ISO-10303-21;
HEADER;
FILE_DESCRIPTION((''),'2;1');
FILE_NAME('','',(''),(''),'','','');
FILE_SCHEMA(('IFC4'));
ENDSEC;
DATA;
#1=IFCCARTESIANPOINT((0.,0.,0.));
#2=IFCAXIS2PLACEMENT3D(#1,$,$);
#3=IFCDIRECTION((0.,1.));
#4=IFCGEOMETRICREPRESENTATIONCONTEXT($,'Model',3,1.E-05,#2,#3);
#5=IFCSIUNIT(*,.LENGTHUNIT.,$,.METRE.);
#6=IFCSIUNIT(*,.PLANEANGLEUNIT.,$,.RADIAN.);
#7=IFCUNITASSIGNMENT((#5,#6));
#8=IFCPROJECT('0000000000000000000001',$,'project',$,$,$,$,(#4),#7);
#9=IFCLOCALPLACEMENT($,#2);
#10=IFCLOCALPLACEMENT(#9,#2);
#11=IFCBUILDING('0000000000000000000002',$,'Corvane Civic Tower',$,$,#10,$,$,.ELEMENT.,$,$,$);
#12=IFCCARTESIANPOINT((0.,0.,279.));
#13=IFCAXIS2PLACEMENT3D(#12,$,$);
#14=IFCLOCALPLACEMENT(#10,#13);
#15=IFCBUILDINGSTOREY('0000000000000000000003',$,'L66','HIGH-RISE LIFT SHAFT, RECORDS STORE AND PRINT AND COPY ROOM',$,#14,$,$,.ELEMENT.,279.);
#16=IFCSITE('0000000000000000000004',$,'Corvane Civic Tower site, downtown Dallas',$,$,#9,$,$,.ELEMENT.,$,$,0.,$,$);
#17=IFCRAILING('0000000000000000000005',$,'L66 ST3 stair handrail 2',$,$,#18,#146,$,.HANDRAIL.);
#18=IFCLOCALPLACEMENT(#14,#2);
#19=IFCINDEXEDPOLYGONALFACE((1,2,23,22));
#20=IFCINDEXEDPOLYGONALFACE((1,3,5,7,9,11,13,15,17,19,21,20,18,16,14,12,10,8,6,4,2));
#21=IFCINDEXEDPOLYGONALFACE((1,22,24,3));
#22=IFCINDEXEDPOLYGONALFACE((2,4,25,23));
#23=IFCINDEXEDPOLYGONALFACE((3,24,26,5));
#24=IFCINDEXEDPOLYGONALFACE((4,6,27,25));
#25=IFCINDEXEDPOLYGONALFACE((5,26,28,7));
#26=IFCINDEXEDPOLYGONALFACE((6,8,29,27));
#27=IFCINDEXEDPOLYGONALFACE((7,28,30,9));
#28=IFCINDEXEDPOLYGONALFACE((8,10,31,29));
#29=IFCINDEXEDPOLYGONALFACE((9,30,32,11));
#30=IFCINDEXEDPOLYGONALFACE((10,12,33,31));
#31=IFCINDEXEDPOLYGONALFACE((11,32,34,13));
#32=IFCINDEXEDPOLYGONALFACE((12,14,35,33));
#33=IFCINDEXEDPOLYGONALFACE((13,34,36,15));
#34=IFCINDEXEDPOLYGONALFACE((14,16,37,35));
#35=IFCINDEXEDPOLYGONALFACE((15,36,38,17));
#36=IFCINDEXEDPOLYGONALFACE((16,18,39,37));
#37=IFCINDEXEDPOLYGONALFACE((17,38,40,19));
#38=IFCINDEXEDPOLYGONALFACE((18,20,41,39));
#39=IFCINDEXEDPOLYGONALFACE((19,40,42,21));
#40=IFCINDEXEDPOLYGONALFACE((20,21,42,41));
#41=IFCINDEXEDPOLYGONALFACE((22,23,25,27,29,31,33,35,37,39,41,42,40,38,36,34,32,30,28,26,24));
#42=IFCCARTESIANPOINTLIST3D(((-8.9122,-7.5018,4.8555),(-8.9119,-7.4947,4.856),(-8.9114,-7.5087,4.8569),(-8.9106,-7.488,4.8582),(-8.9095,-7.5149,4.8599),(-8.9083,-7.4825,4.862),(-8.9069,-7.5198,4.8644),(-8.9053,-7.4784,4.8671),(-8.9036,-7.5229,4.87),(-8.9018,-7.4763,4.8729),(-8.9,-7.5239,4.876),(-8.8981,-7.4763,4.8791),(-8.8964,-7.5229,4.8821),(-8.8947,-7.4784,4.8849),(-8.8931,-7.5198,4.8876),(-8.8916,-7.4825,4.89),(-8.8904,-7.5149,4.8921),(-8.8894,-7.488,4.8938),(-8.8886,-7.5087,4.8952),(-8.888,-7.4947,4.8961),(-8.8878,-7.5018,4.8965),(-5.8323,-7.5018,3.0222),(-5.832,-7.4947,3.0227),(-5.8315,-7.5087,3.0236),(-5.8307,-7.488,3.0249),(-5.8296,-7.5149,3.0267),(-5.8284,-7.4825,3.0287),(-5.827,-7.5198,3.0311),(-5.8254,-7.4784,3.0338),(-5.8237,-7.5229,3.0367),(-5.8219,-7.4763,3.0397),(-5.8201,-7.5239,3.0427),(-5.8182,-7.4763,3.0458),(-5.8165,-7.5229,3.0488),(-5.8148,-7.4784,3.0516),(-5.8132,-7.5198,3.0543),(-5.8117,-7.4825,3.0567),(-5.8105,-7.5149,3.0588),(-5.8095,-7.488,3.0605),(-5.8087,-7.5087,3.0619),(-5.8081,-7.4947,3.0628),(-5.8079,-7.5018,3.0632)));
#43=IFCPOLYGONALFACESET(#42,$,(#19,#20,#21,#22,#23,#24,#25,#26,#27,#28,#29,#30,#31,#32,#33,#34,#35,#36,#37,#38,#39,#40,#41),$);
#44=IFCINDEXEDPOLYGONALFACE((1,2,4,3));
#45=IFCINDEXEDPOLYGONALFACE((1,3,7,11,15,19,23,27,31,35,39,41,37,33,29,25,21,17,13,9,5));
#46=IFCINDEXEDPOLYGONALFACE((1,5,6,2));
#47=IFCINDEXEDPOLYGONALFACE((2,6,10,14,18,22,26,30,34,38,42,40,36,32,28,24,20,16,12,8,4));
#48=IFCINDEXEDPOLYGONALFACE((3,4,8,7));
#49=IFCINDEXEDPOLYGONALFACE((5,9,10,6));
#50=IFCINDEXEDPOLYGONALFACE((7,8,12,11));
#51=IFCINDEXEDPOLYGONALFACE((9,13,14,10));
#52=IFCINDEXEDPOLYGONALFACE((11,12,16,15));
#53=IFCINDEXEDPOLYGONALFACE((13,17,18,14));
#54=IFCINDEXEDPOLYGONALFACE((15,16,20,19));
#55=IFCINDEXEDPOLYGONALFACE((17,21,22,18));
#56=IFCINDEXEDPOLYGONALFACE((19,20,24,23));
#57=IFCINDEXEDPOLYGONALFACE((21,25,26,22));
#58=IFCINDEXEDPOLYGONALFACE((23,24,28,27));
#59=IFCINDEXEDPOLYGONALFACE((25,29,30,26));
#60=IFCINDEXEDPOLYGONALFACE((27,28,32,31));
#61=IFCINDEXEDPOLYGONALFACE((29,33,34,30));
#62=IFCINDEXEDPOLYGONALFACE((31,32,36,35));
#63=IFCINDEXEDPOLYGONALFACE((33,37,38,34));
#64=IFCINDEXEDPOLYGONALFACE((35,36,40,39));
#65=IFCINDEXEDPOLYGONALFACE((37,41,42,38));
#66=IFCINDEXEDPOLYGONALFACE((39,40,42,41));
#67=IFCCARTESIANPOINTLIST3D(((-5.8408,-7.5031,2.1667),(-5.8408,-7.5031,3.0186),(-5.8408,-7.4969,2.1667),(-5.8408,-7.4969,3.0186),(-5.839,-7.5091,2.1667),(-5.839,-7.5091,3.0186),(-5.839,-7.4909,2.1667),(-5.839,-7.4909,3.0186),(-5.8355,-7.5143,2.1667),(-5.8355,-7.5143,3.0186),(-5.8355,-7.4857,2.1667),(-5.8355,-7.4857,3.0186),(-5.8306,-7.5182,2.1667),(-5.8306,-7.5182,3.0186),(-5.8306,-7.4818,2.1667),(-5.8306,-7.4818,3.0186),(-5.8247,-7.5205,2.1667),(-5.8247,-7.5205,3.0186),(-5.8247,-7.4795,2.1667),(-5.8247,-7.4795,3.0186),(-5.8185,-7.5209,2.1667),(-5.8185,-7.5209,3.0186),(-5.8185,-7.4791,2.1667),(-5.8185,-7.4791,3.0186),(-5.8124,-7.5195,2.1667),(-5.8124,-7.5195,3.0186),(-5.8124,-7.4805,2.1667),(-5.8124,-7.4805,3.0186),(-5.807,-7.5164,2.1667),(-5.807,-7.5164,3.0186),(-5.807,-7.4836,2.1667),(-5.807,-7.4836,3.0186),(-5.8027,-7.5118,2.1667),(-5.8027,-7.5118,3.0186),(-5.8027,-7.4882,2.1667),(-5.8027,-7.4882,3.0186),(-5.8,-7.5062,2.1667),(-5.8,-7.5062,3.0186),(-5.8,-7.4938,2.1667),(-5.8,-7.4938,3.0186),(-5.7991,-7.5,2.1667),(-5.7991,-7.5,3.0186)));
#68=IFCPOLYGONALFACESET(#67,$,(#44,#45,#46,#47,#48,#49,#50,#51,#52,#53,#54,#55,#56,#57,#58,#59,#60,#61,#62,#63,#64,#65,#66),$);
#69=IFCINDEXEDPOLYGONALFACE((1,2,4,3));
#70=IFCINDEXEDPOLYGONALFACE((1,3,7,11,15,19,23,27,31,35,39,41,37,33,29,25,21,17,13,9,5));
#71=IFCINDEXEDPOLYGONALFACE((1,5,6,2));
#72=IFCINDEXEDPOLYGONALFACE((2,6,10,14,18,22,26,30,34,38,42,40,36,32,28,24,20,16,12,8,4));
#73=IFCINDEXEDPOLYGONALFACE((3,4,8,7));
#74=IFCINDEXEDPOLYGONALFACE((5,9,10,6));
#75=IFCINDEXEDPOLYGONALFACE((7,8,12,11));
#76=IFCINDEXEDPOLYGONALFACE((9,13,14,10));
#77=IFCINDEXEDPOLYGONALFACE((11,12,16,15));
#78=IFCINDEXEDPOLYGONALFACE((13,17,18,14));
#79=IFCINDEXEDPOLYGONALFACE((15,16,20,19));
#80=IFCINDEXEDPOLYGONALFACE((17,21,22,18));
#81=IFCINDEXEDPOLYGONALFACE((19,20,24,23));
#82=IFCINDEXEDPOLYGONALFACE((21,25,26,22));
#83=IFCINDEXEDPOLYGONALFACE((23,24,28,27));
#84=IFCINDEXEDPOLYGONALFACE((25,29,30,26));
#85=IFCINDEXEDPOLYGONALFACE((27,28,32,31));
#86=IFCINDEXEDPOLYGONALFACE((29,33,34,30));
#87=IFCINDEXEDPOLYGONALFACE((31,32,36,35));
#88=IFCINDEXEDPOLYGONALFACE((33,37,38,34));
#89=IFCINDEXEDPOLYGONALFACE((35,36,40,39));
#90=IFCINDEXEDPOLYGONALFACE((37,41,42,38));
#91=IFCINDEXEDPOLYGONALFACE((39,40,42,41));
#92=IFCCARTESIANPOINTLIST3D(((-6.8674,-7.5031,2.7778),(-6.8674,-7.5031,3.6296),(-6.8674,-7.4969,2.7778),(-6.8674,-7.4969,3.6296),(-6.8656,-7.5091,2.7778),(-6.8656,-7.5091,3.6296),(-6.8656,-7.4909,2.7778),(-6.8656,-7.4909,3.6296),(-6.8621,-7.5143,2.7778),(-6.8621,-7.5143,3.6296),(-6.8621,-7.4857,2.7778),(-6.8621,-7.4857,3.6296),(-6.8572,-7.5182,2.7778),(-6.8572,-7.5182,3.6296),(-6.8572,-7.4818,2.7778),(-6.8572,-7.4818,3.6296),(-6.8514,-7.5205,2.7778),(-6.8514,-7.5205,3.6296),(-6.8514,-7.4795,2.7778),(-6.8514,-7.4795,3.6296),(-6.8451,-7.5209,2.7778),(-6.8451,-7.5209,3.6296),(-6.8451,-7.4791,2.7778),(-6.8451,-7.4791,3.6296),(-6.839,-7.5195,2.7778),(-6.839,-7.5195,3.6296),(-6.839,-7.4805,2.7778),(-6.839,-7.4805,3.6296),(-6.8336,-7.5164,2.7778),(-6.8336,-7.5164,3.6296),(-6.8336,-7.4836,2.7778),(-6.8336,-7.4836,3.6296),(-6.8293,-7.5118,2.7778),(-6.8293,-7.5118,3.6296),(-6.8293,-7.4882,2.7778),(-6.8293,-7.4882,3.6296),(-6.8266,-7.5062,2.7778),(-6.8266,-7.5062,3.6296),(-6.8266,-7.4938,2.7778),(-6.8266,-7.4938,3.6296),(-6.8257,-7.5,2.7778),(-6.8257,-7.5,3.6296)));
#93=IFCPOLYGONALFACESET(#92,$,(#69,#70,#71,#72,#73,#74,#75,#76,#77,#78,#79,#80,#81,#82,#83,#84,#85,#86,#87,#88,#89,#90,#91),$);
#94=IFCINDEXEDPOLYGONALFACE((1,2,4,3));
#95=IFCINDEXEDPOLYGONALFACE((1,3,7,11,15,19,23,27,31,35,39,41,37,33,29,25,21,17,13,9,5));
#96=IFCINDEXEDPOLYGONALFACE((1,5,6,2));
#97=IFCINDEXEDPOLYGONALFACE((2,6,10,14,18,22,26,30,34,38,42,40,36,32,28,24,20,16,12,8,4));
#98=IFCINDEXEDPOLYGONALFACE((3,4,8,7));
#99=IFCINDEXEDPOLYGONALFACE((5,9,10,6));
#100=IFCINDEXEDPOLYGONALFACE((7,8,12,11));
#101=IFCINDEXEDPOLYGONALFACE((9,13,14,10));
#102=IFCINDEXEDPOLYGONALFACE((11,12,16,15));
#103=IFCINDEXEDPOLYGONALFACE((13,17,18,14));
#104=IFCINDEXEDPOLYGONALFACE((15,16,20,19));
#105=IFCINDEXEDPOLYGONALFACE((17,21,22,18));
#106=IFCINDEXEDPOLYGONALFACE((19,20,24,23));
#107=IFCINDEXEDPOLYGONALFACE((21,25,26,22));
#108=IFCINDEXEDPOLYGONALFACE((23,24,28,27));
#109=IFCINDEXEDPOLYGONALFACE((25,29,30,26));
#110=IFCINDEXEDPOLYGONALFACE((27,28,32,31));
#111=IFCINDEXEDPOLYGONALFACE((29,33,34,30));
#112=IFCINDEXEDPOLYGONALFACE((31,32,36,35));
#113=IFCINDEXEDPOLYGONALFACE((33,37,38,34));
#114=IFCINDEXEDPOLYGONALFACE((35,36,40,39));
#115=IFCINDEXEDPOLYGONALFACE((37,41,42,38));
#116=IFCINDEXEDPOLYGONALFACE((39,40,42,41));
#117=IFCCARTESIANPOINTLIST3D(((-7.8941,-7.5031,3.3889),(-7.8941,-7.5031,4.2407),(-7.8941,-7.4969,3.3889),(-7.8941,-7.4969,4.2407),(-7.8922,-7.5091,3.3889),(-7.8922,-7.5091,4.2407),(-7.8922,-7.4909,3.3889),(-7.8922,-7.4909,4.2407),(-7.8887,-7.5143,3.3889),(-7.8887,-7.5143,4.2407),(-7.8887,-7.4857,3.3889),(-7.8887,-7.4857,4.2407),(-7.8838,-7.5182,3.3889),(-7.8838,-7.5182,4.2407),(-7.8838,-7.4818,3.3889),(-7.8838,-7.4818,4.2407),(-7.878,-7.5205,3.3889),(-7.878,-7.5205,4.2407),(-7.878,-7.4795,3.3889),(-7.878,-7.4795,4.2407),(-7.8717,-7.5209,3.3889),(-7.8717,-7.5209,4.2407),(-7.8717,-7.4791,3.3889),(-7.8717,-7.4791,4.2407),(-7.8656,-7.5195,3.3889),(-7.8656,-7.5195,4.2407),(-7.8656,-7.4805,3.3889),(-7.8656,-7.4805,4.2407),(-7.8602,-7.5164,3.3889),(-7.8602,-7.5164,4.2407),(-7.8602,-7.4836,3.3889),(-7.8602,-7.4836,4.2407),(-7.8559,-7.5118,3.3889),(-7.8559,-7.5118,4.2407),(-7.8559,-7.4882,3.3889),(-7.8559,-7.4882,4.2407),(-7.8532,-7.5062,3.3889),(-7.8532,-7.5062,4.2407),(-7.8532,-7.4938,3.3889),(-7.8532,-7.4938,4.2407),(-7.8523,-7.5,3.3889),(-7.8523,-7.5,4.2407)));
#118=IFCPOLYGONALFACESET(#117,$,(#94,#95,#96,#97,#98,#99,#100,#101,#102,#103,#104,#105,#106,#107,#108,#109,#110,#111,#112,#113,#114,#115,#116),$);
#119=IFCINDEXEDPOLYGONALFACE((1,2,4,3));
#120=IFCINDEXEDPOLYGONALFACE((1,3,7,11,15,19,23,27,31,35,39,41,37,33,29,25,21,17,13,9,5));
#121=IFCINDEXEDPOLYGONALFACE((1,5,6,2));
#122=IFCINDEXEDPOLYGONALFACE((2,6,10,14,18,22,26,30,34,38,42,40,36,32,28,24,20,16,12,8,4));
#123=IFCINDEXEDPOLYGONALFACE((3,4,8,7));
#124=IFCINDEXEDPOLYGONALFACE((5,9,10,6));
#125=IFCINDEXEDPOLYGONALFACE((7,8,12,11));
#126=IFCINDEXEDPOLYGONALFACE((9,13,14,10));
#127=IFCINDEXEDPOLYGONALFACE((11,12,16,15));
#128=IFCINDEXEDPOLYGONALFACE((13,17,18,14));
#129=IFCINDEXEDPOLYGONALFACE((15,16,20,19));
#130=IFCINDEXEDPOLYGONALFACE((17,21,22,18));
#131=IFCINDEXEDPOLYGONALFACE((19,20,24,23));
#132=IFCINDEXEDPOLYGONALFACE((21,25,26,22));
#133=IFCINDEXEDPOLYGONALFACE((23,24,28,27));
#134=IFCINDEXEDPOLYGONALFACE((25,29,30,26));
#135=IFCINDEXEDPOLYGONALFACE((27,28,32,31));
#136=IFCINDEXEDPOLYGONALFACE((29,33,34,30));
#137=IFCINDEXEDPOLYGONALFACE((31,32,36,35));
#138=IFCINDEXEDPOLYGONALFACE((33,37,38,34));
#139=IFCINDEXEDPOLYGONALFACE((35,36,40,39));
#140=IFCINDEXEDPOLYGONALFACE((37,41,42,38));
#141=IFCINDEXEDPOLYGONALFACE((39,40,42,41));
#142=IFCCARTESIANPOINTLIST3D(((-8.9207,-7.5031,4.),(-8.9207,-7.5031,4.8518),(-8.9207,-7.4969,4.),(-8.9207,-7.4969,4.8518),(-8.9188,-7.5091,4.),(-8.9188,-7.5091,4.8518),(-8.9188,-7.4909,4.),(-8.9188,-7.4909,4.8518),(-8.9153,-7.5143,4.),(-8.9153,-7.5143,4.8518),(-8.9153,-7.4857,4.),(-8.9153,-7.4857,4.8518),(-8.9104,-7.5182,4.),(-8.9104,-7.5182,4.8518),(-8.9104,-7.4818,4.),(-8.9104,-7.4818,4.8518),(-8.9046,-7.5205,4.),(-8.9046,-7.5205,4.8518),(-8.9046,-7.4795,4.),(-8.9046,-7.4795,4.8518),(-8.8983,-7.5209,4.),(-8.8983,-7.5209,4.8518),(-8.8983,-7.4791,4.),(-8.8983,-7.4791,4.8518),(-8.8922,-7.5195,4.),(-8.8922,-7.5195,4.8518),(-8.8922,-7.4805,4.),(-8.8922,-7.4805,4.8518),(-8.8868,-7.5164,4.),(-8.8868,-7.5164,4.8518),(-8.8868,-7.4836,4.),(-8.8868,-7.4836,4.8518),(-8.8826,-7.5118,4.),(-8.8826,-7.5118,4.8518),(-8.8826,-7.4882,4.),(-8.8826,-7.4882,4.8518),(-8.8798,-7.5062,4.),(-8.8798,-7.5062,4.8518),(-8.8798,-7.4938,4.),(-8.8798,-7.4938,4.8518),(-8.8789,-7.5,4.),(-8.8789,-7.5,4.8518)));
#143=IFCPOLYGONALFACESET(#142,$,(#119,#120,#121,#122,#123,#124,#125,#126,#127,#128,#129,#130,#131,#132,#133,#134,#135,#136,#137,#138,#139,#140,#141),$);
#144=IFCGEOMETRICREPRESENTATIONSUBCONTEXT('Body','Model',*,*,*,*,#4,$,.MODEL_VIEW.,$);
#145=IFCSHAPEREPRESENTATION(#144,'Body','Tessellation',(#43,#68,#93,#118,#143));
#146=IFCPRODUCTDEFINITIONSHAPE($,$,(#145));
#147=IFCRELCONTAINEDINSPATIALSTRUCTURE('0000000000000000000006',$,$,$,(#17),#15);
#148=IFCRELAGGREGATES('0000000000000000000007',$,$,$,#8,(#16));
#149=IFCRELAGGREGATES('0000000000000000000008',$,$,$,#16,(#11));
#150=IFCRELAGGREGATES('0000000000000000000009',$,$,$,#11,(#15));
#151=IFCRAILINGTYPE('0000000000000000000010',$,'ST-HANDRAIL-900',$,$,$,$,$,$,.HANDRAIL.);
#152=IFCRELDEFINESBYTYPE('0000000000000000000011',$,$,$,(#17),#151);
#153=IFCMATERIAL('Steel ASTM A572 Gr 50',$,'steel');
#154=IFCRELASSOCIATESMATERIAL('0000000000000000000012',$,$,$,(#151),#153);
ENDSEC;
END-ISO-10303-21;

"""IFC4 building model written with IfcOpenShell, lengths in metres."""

from ifc_helpers import new_model, si_unit, direction, frame, origin, origin_2d, place, context, subcontext, project, spatial, circle, extrude, material, type_object, element, save


model = new_model("IFC4")

# Units and contexts
model_context = context("Model", 3, precision=1e-05, world=origin(), true_north=direction((0.0, 1.0)))
body_context = subcontext(model_context, "Body", "Model", "MODEL_VIEW")
ifc_project = project(units=[si_unit("LENGTHUNIT", "METRE"), si_unit("PLANEANGLEUNIT", "RADIAN")], contexts=[model_context])

# Site, building, storey
site_placement = place(None, origin())
site = spatial("IfcSite", under=ifc_project, at=site_placement, Name="Corvane Civic Tower site, downtown Dallas", CompositionType="ELEMENT", RefElevation=0.0)
building_placement = place(site_placement, origin())
building = spatial("IfcBuilding", under=site, at=building_placement, Name="Corvane Civic Tower", CompositionType="ELEMENT")
storey_placement = place(building_placement, frame((0.0, 0.0, 279.0)))
storey = spatial("IfcBuildingStorey", under=building, at=storey_placement, Name="L66", Description="HIGH-RISE LIFT SHAFT, RECORDS STORE AND PRINT AND COPY ROOM", CompositionType="ELEMENT", Elevation=279.0)

# Railing
ifc_material_1 = material(Name="Steel ASTM A572 Gr 50", Category="steel")
railing_type_1 = type_object("IfcRailingType", Name="ST-HANDRAIL-900", PredefinedType="HANDRAIL", material=ifc_material_1)
railing_1_placement = place(storey_placement, frame((-5.8201, -7.5, 2.1667)))
element("IfcRailing", 1, at=railing_1_placement, inside=storey, type_object=railing_type_1, Name="L66 ST3 stair handrail 2", PredefinedType="HANDRAIL", context=body_context, shape_type="SweptSolid", body=[
    extrude(circle(Radius=0.0239, at=origin_2d()), frame((0.0, 0.0, 0.876), z_axis=(-0.859291, 0.0, 0.511487), x_axis=(0.0, -1.0, 0.0)), (0.0, 0.0, 1.0), 3.5842),
    extrude(circle(Radius=0.021, at=origin_2d()), origin(), (0.0, 0.0, 1.0), 0.8518),
    extrude(circle(Radius=0.021, at=origin_2d()), frame((-1.0266, 0.0, 0.6111)), (0.0, 0.0, 1.0), 0.8518),
    extrude(circle(Radius=0.021, at=origin_2d()), frame((-2.0532, 0.0, 1.2222)), (0.0, 0.0, 1.0), 0.8518),
    extrude(circle(Radius=0.021, at=origin_2d()), frame((-3.0798, 0.0, 1.8333)), (0.0, 0.0, 1.0), 0.8518),
])

save(model, "model.ifc")
